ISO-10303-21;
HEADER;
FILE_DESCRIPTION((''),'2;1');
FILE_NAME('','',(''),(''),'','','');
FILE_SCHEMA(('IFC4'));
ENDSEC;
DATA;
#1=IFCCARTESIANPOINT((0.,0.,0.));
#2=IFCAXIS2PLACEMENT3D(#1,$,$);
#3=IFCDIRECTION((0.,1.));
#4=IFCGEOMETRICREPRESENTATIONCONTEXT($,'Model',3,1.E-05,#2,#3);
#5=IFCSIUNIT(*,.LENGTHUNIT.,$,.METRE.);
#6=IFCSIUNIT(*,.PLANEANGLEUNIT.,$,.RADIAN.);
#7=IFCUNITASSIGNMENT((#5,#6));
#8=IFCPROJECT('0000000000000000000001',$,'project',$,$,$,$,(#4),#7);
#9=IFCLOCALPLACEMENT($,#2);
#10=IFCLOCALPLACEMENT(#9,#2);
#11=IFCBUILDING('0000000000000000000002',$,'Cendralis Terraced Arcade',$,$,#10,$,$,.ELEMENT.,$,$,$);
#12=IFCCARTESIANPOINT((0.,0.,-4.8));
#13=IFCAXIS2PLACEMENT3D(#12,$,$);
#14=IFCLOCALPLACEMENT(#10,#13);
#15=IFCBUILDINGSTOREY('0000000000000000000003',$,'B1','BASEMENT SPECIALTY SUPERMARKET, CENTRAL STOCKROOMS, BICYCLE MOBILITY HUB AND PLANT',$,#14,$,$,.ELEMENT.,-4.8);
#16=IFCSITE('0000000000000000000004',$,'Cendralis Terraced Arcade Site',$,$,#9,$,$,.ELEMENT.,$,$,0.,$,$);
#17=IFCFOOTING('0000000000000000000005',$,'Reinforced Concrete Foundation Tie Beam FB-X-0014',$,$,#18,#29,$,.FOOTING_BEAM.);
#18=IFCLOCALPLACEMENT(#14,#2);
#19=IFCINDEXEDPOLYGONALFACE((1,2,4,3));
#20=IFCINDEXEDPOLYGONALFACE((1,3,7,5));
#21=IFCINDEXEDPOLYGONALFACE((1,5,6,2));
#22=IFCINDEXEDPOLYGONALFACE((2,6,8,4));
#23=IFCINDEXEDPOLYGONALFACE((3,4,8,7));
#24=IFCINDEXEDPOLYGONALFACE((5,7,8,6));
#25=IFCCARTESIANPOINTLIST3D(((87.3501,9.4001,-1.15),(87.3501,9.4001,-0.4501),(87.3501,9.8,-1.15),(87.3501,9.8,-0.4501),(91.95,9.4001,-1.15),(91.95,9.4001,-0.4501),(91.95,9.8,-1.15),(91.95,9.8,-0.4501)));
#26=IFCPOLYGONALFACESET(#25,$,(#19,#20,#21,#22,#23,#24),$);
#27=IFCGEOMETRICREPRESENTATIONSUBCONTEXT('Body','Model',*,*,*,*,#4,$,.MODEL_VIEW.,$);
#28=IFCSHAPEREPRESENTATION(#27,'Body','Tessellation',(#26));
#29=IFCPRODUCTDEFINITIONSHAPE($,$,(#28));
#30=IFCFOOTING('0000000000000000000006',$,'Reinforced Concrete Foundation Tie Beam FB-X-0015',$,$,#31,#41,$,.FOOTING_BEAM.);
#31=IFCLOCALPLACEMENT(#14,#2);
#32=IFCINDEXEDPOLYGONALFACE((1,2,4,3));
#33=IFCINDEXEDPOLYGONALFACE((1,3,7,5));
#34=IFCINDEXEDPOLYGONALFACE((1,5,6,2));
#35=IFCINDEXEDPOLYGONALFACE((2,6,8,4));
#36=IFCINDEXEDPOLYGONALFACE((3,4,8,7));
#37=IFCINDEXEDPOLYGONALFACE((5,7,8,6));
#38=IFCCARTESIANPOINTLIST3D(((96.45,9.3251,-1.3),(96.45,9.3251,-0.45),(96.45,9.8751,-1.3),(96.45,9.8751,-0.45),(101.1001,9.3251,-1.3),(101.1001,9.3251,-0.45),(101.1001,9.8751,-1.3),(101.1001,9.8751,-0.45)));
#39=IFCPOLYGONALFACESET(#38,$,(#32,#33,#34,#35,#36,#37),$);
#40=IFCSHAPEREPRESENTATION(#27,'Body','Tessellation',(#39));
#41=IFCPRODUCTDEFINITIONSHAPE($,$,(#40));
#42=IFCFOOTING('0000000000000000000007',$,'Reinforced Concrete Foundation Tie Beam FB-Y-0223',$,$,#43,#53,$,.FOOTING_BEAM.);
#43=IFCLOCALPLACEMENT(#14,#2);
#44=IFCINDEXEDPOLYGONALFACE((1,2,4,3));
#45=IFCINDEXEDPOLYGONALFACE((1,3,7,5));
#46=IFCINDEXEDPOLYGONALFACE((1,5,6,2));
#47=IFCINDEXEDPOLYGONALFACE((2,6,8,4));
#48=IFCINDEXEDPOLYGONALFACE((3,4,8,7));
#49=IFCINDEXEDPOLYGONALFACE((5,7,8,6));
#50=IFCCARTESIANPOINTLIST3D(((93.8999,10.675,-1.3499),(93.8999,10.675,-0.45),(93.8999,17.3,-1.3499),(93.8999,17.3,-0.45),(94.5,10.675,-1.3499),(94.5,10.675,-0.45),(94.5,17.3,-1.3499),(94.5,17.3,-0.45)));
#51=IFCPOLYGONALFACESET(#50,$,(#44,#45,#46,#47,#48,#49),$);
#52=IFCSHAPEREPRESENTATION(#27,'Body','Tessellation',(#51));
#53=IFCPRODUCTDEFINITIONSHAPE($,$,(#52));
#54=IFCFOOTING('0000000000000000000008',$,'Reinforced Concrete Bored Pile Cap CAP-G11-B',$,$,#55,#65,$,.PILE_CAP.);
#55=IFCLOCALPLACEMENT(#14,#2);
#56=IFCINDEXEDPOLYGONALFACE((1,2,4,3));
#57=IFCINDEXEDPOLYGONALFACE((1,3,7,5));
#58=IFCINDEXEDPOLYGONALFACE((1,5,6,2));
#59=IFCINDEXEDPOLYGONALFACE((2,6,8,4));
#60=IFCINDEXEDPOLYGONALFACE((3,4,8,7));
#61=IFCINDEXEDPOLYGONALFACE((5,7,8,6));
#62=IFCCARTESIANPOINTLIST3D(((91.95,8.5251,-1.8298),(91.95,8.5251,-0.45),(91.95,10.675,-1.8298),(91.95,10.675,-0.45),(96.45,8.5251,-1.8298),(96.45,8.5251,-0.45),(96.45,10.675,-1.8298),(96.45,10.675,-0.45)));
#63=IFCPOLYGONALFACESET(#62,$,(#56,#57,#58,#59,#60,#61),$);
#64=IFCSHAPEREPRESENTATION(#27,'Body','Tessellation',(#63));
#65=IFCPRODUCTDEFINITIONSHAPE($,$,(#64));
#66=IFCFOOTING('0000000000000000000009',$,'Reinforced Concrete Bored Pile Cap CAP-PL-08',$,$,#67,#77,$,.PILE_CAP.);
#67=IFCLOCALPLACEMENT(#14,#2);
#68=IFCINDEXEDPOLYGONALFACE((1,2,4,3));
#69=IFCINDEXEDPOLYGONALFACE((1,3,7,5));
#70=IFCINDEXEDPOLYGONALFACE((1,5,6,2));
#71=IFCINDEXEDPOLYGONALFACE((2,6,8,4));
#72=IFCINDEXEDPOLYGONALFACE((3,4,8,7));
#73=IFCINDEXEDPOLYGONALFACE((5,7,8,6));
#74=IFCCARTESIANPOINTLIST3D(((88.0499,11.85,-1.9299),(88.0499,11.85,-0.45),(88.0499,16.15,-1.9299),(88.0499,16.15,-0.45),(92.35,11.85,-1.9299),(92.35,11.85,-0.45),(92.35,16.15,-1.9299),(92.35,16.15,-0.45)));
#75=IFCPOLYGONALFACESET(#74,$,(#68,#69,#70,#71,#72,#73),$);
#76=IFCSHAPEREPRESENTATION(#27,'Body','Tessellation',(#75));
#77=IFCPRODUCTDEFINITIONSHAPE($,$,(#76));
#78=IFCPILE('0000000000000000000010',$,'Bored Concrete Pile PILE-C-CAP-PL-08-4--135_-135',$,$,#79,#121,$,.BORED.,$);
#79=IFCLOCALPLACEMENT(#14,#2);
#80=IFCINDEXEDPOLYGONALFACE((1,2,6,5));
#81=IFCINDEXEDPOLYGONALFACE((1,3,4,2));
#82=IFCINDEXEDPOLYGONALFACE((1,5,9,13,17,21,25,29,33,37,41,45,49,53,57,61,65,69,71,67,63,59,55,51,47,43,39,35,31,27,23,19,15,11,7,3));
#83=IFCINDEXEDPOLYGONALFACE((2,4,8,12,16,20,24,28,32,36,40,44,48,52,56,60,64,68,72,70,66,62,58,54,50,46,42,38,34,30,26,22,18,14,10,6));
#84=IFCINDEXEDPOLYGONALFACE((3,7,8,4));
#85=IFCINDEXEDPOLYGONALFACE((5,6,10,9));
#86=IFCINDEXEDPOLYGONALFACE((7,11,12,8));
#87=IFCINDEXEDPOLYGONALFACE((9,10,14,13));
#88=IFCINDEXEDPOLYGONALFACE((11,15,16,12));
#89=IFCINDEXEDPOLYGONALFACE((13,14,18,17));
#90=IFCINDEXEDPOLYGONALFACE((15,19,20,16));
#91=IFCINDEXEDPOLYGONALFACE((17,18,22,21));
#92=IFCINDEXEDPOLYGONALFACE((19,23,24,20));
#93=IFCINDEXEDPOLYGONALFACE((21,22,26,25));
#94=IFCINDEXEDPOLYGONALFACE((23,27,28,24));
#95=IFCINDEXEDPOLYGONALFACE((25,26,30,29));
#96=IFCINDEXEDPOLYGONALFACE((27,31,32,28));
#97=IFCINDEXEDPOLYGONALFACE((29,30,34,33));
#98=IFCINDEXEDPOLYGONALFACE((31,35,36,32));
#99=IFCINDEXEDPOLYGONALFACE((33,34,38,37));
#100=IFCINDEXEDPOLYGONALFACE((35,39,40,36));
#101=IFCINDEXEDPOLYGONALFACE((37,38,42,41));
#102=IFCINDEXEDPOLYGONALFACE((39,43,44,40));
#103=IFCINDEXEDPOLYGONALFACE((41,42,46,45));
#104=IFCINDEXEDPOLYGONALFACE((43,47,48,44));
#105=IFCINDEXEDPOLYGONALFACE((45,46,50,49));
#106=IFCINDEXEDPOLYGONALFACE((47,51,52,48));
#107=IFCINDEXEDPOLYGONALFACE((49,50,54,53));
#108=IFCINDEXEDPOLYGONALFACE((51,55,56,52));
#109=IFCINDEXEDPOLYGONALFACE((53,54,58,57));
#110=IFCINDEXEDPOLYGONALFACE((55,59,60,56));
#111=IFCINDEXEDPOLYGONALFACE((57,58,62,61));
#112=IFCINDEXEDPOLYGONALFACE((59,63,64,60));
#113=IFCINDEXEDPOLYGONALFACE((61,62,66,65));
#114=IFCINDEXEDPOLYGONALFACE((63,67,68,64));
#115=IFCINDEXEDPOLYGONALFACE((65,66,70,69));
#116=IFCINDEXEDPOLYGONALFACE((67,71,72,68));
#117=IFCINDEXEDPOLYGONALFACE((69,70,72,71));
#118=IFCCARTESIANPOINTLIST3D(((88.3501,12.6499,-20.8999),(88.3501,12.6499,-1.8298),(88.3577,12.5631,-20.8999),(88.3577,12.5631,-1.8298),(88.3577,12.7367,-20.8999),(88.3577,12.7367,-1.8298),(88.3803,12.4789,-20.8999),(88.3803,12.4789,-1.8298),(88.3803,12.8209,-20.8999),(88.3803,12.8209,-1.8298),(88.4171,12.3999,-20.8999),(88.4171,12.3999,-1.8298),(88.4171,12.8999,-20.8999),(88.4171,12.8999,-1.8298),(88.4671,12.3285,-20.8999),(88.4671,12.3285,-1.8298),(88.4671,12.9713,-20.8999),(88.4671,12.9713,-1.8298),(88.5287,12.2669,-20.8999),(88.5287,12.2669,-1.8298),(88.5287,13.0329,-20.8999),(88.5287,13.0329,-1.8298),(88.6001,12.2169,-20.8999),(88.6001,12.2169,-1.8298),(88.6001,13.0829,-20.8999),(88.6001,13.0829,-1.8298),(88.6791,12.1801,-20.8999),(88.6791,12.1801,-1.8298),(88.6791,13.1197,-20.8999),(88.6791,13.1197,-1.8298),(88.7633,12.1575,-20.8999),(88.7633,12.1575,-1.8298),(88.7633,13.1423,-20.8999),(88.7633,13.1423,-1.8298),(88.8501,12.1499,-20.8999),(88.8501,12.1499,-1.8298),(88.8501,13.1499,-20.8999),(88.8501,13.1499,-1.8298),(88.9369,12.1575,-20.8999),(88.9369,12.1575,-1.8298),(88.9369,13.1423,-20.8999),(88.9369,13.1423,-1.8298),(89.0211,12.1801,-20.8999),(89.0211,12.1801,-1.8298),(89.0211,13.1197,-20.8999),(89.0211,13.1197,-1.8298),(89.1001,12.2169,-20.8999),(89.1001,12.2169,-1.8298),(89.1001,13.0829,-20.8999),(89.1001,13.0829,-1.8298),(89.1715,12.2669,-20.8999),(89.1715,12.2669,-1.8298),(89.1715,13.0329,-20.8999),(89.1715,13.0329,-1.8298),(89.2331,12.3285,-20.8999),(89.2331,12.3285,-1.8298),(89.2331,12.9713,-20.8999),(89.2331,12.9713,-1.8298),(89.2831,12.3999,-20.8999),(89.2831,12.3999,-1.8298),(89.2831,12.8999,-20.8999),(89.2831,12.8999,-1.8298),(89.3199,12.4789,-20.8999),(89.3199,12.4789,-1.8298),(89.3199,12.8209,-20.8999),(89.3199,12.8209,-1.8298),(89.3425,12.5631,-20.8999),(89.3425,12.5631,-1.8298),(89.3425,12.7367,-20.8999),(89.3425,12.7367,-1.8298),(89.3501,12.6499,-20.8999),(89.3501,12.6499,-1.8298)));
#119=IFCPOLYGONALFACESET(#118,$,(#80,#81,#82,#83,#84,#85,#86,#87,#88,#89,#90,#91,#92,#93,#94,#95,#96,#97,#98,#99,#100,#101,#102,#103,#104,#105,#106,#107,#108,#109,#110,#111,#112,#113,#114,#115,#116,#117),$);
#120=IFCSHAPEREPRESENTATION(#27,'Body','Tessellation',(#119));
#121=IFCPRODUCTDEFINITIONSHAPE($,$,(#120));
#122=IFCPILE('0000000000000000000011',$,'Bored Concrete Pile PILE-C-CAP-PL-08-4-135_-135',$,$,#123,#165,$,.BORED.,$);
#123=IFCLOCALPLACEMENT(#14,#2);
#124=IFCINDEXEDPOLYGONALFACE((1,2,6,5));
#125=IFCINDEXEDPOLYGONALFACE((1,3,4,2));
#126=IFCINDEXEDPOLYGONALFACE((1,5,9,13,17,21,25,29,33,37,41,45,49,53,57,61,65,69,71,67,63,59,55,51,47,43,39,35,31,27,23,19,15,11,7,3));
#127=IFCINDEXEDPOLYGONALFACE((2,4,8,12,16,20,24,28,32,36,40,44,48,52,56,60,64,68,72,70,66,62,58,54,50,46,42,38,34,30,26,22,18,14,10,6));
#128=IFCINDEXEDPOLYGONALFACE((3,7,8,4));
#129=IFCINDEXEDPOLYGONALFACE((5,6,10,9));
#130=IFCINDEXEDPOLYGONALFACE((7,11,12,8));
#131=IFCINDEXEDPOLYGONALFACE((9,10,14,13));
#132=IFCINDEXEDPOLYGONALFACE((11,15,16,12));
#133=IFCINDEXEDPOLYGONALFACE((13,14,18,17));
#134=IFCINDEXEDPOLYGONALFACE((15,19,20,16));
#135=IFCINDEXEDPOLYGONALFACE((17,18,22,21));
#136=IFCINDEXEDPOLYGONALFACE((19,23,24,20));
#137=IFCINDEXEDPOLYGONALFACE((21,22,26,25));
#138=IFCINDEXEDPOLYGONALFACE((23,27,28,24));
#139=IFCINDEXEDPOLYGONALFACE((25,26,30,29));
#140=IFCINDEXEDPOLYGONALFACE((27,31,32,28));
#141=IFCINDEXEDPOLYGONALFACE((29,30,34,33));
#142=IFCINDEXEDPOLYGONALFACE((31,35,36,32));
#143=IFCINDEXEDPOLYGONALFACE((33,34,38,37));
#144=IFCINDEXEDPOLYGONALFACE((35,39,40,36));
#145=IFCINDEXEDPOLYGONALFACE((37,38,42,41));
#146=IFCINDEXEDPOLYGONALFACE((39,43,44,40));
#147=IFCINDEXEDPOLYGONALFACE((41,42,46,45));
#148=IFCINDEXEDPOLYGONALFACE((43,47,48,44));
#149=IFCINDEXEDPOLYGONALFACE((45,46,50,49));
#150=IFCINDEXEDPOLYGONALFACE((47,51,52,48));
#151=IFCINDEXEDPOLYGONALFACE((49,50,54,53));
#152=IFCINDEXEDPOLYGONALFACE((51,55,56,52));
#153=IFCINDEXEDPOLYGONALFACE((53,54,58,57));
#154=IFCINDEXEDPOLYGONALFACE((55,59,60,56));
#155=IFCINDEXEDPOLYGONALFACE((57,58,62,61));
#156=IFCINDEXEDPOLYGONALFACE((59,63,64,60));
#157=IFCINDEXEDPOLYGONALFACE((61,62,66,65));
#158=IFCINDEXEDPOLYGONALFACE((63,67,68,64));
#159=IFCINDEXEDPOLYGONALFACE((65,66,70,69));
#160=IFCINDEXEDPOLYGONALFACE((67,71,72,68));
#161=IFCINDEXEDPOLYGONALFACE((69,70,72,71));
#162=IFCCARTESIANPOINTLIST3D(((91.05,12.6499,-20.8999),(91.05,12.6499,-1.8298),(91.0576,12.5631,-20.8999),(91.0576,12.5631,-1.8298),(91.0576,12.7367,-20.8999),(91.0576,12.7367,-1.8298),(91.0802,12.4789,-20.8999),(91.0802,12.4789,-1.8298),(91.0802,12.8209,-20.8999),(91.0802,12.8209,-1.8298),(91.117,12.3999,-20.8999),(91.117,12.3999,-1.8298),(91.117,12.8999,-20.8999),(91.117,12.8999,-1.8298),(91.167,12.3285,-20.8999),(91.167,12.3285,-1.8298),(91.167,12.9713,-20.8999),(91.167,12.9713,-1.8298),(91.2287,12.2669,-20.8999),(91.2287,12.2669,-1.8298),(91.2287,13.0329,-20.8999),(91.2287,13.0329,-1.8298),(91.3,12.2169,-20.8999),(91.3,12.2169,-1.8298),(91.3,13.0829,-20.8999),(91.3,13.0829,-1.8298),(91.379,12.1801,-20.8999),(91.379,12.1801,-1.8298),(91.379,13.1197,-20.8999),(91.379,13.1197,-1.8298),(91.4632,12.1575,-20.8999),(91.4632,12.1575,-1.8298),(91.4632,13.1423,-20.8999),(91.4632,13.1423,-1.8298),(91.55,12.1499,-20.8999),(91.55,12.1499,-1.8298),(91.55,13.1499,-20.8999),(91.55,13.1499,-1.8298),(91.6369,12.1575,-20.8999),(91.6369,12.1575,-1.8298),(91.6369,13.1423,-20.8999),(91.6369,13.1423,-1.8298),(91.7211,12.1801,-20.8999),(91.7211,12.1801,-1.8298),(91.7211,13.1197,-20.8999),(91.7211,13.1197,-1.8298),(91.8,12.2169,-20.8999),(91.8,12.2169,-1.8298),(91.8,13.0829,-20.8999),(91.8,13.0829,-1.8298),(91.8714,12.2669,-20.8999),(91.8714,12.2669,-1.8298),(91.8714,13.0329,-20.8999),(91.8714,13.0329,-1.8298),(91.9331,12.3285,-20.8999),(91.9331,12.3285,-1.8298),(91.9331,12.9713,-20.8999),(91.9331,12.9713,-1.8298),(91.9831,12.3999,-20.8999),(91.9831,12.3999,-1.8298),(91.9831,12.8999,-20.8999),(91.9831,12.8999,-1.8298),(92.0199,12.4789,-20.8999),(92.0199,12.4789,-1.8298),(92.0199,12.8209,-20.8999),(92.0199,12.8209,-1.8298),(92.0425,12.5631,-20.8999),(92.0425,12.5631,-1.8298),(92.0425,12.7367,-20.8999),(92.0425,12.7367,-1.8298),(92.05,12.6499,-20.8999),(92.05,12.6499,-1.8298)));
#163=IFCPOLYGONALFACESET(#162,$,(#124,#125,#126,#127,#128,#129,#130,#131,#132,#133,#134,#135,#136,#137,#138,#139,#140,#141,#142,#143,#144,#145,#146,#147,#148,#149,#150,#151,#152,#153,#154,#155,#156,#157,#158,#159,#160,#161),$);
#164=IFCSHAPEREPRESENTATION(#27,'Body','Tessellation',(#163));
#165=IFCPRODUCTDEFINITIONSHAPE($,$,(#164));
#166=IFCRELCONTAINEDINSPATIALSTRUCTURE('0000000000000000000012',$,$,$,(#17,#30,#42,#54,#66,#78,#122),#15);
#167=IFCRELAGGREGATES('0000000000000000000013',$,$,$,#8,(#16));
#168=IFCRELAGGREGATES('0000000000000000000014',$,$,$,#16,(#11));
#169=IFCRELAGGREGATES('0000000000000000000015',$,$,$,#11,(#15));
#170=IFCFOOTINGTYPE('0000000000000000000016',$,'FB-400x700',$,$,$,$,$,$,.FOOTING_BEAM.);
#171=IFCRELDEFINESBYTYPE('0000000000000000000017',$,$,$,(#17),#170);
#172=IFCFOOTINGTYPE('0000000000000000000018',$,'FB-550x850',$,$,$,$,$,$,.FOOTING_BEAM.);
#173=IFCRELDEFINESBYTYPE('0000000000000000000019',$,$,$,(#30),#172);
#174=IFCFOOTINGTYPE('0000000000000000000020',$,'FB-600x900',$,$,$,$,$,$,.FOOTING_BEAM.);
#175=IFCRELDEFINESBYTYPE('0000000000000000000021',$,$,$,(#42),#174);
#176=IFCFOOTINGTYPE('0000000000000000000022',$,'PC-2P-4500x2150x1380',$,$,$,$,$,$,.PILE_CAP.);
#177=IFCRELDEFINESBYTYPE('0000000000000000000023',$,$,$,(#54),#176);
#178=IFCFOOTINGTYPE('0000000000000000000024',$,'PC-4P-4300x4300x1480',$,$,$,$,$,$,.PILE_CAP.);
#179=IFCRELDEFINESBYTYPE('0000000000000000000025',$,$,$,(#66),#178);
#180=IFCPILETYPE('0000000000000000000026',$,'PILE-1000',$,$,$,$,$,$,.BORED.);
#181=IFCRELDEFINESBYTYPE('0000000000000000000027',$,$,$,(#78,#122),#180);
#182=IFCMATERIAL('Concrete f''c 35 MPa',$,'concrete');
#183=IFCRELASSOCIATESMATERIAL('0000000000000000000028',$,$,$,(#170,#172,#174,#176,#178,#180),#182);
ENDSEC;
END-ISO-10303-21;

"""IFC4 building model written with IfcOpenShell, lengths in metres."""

from ifc_helpers import new_model, si_unit, direction, frame, origin, origin_2d, place, context, subcontext, project, spatial, rectangle, circle, extrude, material, material_profile, profile_set, type_object, element, save


model = new_model("IFC4")

# Units and contexts
model_context = context("Model", 3, precision=1e-05, world=origin(), true_north=direction((0.0, 1.0)))
body_context = subcontext(model_context, "Body", "Model", "MODEL_VIEW")
ifc_project = project(units=[si_unit("LENGTHUNIT", "METRE"), si_unit("PLANEANGLEUNIT", "RADIAN")], contexts=[model_context])

# Site, building, storey
site_placement = place(None, origin())
site = spatial("IfcSite", under=ifc_project, at=site_placement, Name="Cendralis Terraced Arcade Site", CompositionType="ELEMENT", RefElevation=0.0)
building_placement = place(site_placement, origin())
building = spatial("IfcBuilding", under=site, at=building_placement, Name="Cendralis Terraced Arcade", CompositionType="ELEMENT")
storey_placement = place(building_placement, frame((0.0, 0.0, -4.8)))
storey = spatial("IfcBuildingStorey", under=building, at=storey_placement, Name="B1", Description="BASEMENT SPECIALTY SUPERMARKET, CENTRAL STOCKROOMS, BICYCLE MOBILITY HUB AND PLANT", CompositionType="ELEMENT", Elevation=-4.8)

# Footings
ifc_material_1 = material(Name="Concrete f'c 35 MPa", Category="concrete")
ifc_material_profile_1 = material_profile(ifc_material_1, rectangle(XDim=0.3999, YDim=0.7, at=origin_2d()), Name="FB-400x700", Category="LoadBearing")
ifc_profile_set_1 = profile_set([ifc_material_profile_1], Name="Concrete f'c 35 MPa")
footing_type_1 = type_object("IfcFootingType", Name="FB-400x700", PredefinedType="FOOTING_BEAM", material=ifc_profile_set_1)
footing_1_placement = place(storey_placement, frame((87.3501, 9.6001, -0.8), z_axis=(1.0, 0.0, 0.0), x_axis=(0.0, 1.0, 0.0)))
element("IfcFooting", 1, at=footing_1_placement, inside=storey, type_object=footing_type_1, Name="Reinforced Concrete Foundation Tie Beam FB-X-0014", PredefinedType="FOOTING_BEAM", context=body_context, shape_type="SweptSolid", body=[
    extrude(rectangle(XDim=0.3999, YDim=0.7, at=origin_2d()), origin(), (0.0, 0.0, 1.0), 4.5999),
])
ifc_material_profile_2 = material_profile(ifc_material_1, rectangle(XDim=0.55, YDim=0.8501, at=origin_2d()), Name="FB-550x850", Category="LoadBearing")
ifc_profile_set_2 = profile_set([ifc_material_profile_2], Name="Concrete f'c 35 MPa")
footing_type_2 = type_object("IfcFootingType", Name="FB-550x850", PredefinedType="FOOTING_BEAM", material=ifc_profile_set_2)
footing_2_placement = place(storey_placement, frame((96.45, 9.6001, -0.875), z_axis=(1.0, 0.0, 0.0), x_axis=(0.0, 1.0, 0.0)))
element("IfcFooting", 2, at=footing_2_placement, inside=storey, type_object=footing_type_2, Name="Reinforced Concrete Foundation Tie Beam FB-X-0015", PredefinedType="FOOTING_BEAM", context=body_context, shape_type="SweptSolid", body=[
    extrude(rectangle(XDim=0.55, YDim=0.8501, at=origin_2d()), origin(), (0.0, 0.0, 1.0), 4.6501),
])
ifc_material_profile_3 = material_profile(ifc_material_1, rectangle(XDim=0.6001, YDim=0.8999, at=origin_2d()), Name="FB-600x900", Category="LoadBearing")
ifc_profile_set_3 = profile_set([ifc_material_profile_3], Name="Concrete f'c 35 MPa")
footing_type_3 = type_object("IfcFootingType", Name="FB-600x900", PredefinedType="FOOTING_BEAM", material=ifc_profile_set_3)
footing_3_placement = place(storey_placement, frame((94.2, 10.675, -0.8999), z_axis=(0.0, 1.0, 0.0), x_axis=(-1.0, 0.0, 0.0)))
element("IfcFooting", 3, at=footing_3_placement, inside=storey, type_object=footing_type_3, Name="Reinforced Concrete Foundation Tie Beam FB-Y-0223", PredefinedType="FOOTING_BEAM", context=body_context, shape_type="SweptSolid", body=[
    extrude(rectangle(XDim=0.6001, YDim=0.8999, at=origin_2d()), origin(), (0.0, 0.0, 1.0), 6.625),
])
footing_type_4 = type_object("IfcFootingType", Name="PC-2P-4500x2150x1380", PredefinedType="PILE_CAP", material=ifc_material_1)
footing_4_placement = place(storey_placement, frame((94.2, 9.6001, -1.8298), z_axis=(0.0, 0.0, 1.0), x_axis=(1.0, 0.0, 0.0)))
element("IfcFooting", 4, at=footing_4_placement, inside=storey, type_object=footing_type_4, Name="Reinforced Concrete Bored Pile Cap CAP-G11-B", PredefinedType="PILE_CAP", context=body_context, shape_type="SweptSolid", body=[
    extrude(rectangle(XDim=4.5, YDim=2.1499, at=origin_2d()), origin(), (0.0, 0.0, 1.0), 1.3799),
])
footing_type_5 = type_object("IfcFootingType", Name="PC-4P-4300x4300x1480", PredefinedType="PILE_CAP", material=ifc_material_1)
footing_5_placement = place(storey_placement, frame((90.2, 14.0, -1.9299), z_axis=(0.0, 0.0, 1.0), x_axis=(1.0, 0.0, 0.0)))
element("IfcFooting", 5, at=footing_5_placement, inside=storey, type_object=footing_type_5, Name="Reinforced Concrete Bored Pile Cap CAP-PL-08", PredefinedType="PILE_CAP", context=body_context, shape_type="SweptSolid", body=[
    extrude(rectangle(XDim=4.3, YDim=4.3, at=origin_2d()), origin(), (0.0, 0.0, 1.0), 1.48),
])

# Piles
ifc_material_profile_4 = material_profile(ifc_material_1, circle(Radius=0.5, at=origin_2d()), Name="PILE-D1000", Category="LoadBearing")
ifc_profile_set_4 = profile_set([ifc_material_profile_4], Name="Concrete f'c 35 MPa")
pile_type = type_object("IfcPileType", Name="PILE-1000", PredefinedType="BORED", material=ifc_profile_set_4)
for number, where, z_axis, x_axis, name in (
    (6, (88.8501, 12.6499, -1.8298), (0.0, 0.0, -1.0), (1.0, 0.0, 0.0), "Bored Concrete Pile PILE-C-CAP-PL-08-4--135_-135"),
    (7, (91.55, 12.6499, -1.8298), (0.0, 0.0, -1.0), (1.0, 0.0, 0.0), "Bored Concrete Pile PILE-C-CAP-PL-08-4-135_-135"),
):
    element("IfcPile", number, at=place(storey_placement, frame(where, z_axis=z_axis, x_axis=x_axis)), inside=storey, type_object=pile_type, Name=name, PredefinedType="BORED", context=body_context, shape_type="SweptSolid", body=[
        extrude(circle(Radius=0.5, at=origin_2d()), origin(), (0.0, 0.0, 1.0), 19.0701),
    ])

save(model, "model.ifc")
